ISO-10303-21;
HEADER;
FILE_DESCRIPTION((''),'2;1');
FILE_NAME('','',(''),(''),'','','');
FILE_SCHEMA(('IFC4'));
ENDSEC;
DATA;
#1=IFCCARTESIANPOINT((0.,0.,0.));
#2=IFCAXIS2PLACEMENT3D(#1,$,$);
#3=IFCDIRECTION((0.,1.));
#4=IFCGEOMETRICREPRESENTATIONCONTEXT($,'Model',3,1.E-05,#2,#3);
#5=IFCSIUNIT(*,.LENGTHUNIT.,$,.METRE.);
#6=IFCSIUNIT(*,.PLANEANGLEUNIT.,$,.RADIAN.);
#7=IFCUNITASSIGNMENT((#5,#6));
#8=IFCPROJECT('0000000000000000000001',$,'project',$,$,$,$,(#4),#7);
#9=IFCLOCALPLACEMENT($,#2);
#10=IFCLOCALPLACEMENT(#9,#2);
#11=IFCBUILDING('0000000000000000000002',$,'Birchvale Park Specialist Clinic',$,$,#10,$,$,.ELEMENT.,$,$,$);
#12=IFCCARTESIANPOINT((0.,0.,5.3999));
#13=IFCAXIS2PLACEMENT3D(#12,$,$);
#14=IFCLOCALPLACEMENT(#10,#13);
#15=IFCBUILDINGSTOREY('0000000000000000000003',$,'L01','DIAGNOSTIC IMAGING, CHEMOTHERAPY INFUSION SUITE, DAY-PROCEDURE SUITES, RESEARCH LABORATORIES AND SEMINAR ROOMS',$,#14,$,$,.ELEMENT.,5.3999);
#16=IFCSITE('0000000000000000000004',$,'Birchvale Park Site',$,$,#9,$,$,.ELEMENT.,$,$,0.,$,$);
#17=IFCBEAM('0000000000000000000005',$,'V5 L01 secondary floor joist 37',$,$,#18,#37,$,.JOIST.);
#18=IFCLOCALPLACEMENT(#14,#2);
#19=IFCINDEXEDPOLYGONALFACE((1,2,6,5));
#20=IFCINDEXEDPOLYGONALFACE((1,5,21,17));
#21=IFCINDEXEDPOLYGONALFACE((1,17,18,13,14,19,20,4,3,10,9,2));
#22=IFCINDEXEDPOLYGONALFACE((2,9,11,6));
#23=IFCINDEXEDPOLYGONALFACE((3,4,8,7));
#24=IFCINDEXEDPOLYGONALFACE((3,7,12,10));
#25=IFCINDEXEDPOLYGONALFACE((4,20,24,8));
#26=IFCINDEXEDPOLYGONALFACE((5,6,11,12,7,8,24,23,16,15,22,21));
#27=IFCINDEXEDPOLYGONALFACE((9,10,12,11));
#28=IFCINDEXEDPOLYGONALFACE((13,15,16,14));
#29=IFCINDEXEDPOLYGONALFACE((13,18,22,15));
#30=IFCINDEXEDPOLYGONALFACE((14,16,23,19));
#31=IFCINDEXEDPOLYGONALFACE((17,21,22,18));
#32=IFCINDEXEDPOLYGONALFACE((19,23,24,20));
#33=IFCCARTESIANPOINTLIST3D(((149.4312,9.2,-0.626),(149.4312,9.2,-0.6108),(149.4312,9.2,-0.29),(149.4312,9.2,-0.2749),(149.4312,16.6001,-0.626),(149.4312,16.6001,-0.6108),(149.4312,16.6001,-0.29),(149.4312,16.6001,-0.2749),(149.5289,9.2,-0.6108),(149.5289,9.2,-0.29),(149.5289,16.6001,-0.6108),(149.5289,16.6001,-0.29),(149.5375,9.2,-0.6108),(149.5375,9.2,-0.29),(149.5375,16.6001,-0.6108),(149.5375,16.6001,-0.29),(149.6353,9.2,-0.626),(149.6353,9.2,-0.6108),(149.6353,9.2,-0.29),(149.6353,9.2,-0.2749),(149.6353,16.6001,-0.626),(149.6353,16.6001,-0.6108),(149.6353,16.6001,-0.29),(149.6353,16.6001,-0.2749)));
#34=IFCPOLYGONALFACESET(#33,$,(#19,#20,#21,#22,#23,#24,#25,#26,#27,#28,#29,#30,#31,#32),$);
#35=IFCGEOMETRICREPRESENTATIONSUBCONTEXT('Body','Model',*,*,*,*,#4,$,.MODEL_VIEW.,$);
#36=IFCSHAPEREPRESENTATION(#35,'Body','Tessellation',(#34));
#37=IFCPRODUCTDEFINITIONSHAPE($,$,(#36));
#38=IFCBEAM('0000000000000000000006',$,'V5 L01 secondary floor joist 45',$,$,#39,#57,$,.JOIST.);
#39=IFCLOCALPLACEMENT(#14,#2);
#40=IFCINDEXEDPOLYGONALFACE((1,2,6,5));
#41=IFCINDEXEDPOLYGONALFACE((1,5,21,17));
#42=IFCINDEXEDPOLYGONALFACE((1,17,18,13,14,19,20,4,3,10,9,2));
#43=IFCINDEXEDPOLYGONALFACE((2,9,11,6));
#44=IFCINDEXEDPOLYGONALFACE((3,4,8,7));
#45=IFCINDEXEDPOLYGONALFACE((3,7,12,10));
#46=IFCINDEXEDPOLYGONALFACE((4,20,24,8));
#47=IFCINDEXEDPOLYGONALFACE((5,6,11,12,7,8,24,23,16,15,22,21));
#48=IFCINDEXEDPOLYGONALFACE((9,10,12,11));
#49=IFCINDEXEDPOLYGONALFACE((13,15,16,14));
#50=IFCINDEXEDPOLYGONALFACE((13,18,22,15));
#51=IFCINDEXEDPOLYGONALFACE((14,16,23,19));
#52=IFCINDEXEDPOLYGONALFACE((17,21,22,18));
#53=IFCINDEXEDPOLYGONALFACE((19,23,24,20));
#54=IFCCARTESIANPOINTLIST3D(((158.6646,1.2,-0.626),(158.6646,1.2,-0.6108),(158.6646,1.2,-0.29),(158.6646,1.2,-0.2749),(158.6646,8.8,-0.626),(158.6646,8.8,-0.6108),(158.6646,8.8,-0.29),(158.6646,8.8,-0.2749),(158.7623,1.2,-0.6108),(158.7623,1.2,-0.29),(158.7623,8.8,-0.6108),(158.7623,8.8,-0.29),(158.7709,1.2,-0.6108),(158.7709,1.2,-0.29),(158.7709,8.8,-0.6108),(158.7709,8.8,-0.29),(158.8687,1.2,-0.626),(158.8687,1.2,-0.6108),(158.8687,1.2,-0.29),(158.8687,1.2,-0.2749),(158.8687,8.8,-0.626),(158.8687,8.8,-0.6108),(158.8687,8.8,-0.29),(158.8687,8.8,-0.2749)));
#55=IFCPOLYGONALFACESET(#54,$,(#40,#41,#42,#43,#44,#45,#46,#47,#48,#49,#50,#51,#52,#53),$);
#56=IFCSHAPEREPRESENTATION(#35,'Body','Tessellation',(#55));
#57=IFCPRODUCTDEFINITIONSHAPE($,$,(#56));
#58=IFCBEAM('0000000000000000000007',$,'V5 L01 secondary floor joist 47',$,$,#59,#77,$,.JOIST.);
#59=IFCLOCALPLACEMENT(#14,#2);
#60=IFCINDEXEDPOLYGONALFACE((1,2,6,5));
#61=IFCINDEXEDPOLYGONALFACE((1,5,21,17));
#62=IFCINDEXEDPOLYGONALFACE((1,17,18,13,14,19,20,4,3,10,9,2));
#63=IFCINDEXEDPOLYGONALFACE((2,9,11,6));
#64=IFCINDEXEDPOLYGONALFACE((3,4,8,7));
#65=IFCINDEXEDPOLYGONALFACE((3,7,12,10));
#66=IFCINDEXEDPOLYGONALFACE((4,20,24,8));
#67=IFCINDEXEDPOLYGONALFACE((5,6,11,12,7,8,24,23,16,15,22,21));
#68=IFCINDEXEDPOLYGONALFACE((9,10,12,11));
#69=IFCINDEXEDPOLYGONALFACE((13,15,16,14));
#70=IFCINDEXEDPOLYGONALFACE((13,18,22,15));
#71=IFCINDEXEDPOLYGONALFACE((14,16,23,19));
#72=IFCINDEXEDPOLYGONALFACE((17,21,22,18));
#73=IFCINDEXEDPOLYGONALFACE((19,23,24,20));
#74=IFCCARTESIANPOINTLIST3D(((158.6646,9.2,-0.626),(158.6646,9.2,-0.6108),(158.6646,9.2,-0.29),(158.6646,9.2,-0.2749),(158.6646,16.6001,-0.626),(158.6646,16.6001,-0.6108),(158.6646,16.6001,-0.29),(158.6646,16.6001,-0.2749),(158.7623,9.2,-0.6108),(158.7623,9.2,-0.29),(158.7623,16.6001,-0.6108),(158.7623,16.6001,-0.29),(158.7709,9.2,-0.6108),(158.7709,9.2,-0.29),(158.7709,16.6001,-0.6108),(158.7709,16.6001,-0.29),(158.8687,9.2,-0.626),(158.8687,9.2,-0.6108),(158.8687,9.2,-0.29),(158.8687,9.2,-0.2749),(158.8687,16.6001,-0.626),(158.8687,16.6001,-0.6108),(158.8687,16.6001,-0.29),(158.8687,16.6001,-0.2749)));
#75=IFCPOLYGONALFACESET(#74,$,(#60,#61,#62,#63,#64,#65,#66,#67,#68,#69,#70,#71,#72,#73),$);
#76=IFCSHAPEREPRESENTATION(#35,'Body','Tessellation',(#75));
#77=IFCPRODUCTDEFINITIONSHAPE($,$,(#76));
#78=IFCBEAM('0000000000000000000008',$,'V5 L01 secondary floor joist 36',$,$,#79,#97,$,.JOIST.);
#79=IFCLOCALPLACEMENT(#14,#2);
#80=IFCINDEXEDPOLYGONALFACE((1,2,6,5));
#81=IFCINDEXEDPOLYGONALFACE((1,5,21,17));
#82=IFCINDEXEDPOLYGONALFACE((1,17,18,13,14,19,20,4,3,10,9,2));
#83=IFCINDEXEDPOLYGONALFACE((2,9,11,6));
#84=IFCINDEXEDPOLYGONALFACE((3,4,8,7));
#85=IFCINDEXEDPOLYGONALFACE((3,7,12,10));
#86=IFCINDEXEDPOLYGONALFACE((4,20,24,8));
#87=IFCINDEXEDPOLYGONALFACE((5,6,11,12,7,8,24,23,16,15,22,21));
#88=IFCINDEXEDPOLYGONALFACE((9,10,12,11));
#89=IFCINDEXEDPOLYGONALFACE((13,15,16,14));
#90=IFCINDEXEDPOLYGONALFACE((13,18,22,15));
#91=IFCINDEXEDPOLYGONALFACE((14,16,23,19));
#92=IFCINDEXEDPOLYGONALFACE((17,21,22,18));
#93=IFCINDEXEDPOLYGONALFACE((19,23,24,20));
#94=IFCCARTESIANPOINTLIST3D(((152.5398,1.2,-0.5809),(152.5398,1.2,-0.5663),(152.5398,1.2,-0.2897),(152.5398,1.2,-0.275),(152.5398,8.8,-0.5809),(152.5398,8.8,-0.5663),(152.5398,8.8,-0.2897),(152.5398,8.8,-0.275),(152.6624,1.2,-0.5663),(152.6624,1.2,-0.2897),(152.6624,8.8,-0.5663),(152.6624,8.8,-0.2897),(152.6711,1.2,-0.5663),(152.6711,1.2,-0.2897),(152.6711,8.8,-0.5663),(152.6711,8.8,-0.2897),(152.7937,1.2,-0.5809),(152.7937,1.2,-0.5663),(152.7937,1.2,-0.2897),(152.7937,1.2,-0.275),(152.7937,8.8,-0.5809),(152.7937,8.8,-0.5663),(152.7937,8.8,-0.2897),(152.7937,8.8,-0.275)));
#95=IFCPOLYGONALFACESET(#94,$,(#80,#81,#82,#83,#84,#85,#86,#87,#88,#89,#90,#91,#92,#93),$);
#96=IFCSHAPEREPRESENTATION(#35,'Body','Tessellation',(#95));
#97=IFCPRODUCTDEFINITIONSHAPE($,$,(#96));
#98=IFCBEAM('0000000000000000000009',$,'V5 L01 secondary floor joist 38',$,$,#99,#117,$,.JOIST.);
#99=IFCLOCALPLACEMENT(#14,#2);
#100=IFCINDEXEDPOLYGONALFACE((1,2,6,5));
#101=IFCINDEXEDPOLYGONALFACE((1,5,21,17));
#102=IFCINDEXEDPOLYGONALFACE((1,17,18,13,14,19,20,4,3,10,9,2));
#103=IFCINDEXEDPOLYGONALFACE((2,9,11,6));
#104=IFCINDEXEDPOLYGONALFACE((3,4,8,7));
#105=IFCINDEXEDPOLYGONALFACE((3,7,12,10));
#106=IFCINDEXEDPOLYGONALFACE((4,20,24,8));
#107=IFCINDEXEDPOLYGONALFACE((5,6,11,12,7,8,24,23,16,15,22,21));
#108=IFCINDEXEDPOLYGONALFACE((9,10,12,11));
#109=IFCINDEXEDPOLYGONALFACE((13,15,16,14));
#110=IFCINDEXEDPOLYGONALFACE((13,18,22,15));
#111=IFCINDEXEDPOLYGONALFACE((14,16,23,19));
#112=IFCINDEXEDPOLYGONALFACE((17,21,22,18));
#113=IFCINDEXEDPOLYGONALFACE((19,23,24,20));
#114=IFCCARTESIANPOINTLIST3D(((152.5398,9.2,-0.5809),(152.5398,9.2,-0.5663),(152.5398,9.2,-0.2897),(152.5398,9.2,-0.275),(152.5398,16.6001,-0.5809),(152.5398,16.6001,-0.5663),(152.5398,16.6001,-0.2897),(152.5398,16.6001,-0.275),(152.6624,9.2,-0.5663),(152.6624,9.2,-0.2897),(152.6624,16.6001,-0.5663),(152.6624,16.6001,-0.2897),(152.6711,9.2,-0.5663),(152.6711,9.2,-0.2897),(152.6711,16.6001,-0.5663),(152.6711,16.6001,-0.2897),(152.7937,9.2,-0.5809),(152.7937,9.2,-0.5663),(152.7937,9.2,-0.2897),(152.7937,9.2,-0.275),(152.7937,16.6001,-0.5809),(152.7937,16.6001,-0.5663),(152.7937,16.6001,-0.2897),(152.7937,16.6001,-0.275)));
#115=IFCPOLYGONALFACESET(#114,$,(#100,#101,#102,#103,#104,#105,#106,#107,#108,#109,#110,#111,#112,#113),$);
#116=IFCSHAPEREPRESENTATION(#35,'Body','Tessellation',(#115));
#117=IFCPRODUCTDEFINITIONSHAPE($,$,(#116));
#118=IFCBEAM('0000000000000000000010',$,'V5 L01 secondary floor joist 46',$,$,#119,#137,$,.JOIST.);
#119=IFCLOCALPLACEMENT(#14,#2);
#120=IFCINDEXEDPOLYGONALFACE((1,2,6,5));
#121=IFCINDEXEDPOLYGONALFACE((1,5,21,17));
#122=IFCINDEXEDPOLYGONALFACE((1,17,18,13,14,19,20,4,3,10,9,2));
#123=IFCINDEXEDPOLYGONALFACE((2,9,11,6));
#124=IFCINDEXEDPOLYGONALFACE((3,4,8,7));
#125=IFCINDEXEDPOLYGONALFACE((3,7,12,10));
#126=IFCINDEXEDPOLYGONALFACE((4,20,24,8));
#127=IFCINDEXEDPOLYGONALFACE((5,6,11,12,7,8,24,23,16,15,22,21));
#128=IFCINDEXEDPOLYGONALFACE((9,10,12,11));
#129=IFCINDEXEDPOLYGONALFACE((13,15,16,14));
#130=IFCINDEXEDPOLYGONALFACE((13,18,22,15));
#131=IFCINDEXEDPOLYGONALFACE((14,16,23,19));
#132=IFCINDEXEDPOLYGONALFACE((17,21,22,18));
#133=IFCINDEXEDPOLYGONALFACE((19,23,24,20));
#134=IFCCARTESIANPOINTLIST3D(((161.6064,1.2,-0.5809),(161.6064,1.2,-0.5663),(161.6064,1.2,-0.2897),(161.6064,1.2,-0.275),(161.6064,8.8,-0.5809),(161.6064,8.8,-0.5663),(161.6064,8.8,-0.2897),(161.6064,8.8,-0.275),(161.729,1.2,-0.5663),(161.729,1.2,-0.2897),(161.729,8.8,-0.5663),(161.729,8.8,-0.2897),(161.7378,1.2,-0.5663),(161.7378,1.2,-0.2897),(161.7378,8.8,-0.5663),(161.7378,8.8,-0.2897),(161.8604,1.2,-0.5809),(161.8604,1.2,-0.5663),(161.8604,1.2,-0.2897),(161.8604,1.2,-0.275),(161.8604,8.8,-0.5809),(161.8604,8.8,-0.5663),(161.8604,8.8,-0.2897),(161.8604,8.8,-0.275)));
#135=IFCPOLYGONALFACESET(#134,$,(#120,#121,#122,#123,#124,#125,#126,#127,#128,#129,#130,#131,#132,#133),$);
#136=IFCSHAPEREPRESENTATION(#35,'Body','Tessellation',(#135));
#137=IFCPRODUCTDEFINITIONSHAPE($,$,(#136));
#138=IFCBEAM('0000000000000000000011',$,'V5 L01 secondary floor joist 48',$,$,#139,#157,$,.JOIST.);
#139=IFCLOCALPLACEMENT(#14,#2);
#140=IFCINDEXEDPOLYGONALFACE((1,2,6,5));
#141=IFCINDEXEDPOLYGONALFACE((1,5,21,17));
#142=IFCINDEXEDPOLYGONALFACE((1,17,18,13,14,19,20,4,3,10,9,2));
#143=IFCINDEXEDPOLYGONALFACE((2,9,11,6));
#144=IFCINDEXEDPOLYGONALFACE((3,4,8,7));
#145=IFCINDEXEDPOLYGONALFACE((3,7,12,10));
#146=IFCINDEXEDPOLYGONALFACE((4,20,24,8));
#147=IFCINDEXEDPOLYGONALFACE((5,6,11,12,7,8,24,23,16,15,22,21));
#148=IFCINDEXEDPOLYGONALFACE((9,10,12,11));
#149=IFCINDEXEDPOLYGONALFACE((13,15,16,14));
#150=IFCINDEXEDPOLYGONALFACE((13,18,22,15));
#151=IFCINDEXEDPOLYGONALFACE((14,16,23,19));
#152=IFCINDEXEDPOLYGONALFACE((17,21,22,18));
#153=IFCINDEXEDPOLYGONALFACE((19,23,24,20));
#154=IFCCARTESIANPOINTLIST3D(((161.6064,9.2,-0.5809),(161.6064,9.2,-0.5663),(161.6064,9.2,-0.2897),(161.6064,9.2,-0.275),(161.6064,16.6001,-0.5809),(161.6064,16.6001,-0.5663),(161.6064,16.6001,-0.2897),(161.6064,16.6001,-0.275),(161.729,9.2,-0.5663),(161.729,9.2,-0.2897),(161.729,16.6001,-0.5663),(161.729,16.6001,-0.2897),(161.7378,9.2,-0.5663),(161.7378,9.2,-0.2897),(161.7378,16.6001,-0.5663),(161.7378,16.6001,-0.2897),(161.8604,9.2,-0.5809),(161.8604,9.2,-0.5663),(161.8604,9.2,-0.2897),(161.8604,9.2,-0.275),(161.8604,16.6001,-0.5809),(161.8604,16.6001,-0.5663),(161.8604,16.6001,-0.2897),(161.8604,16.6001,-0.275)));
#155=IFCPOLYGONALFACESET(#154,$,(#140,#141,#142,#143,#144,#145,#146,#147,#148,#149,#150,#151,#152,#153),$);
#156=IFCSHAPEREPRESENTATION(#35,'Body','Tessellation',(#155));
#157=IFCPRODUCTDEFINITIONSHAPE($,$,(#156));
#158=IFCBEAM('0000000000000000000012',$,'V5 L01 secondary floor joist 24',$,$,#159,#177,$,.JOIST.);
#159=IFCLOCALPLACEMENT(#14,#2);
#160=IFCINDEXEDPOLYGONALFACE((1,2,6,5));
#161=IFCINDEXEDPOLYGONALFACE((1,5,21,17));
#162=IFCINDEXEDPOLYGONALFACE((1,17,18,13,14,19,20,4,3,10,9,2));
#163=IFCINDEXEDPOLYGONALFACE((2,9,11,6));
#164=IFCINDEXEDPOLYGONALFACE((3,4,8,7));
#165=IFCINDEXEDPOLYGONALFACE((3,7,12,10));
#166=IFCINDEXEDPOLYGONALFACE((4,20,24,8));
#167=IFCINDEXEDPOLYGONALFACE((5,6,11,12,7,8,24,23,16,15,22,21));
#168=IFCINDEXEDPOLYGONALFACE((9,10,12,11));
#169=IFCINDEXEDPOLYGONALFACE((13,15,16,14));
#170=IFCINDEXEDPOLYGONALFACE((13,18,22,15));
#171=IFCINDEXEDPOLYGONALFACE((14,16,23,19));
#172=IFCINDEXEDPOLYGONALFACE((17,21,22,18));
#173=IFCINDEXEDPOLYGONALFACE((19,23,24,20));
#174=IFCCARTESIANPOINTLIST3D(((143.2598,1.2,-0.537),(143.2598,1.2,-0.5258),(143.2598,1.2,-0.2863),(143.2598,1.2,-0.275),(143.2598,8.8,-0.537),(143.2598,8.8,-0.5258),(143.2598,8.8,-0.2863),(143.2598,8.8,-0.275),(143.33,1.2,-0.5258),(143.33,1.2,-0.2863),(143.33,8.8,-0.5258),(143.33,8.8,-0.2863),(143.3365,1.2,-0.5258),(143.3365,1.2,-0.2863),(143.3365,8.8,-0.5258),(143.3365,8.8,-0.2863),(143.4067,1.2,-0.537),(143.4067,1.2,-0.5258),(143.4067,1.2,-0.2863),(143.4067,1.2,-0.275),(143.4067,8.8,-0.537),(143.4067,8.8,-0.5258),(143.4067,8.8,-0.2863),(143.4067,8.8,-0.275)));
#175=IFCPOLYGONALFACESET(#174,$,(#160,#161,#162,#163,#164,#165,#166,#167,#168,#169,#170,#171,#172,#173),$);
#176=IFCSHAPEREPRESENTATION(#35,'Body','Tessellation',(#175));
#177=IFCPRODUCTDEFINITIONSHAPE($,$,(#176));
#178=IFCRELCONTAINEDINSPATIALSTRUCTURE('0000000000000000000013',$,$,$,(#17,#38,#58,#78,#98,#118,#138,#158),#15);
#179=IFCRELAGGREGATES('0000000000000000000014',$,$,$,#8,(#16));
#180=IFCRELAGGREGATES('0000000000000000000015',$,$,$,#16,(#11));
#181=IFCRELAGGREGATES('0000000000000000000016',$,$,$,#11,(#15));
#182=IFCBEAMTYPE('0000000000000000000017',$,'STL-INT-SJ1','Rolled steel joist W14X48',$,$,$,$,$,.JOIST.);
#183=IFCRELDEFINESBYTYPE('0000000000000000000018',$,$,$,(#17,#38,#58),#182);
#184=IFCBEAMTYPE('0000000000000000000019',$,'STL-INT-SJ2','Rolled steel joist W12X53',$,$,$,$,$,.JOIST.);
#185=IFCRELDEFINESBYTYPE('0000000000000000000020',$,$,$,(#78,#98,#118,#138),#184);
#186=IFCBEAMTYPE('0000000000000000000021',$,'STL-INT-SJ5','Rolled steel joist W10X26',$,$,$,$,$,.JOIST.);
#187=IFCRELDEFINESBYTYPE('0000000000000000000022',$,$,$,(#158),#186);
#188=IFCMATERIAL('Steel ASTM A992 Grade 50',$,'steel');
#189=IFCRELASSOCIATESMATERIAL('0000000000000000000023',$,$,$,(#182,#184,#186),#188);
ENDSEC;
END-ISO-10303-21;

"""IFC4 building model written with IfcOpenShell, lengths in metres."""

from ifc_helpers import new_model, si_unit, direction, frame, origin, origin_2d, place, context, subcontext, project, spatial, i_section, extrude, material, material_profile, profile_set, type_object, element, save


model = new_model("IFC4")

# Units and contexts
model_context = context("Model", 3, precision=1e-05, world=origin(), true_north=direction((0.0, 1.0)))
body_context = subcontext(model_context, "Body", "Model", "MODEL_VIEW")
ifc_project = project(units=[si_unit("LENGTHUNIT", "METRE"), si_unit("PLANEANGLEUNIT", "RADIAN")], contexts=[model_context])

# Site, building, storey
site_placement = place(None, origin())
site = spatial("IfcSite", under=ifc_project, at=site_placement, Name="Birchvale Park Site", CompositionType="ELEMENT", RefElevation=0.0)
building_placement = place(site_placement, origin())
building = spatial("IfcBuilding", under=site, at=building_placement, Name="Birchvale Park Specialist Clinic", CompositionType="ELEMENT")
storey_placement = place(building_placement, frame((0.0, 0.0, 5.3999)))
storey = spatial("IfcBuildingStorey", under=building, at=storey_placement, Name="L01", Description="DIAGNOSTIC IMAGING, CHEMOTHERAPY INFUSION SUITE, DAY-PROCEDURE SUITES, RESEARCH LABORATORIES AND SEMINAR ROOMS", CompositionType="ELEMENT", Elevation=5.3999)

# Beams
ifc_material_1 = material(Name="Steel ASTM A992 Grade 50", Category="steel")
ifc_material_profile_1 = material_profile(ifc_material_1, i_section(OverallWidth=0.2041, OverallDepth=0.3511, WebThickness=0.0085, FlangeThickness=0.0151, at=origin_2d()), Name="W14X48")
ifc_profile_set_1 = profile_set([ifc_material_profile_1], Name="Steel ASTM A992 Grade 50")
beam_type_1 = type_object("IfcBeamType", Name="STL-INT-SJ1", Description="Rolled steel joist W14X48", PredefinedType="JOIST", material=ifc_profile_set_1)
beam_1_placement = place(storey_placement, frame((149.5332, 9.2, -0.4504), z_axis=(0.0, 1.0, 0.0), x_axis=(-1.0, 0.0, 0.0)))
element("IfcBeam", 1, at=beam_1_placement, inside=storey, type_object=beam_type_1, Name="V5 L01 secondary floor joist 37", PredefinedType="JOIST", context=body_context, shape_type="SweptSolid", body=[
    extrude(i_section(OverallWidth=0.2041, OverallDepth=0.3511, WebThickness=0.0085, FlangeThickness=0.0151, at=origin_2d()), origin(), (0.0, 0.0, 1.0), 7.4001),
])
beam_2_placement = place(storey_placement, frame((158.7666, 1.2, -0.4504), z_axis=(0.0, 1.0, 0.0), x_axis=(-1.0, 0.0, 0.0)))
element("IfcBeam", 2, at=beam_2_placement, inside=storey, type_object=beam_type_1, Name="V5 L01 secondary floor joist 45", PredefinedType="JOIST", context=body_context, shape_type="SweptSolid", body=[
    extrude(i_section(OverallWidth=0.2041, OverallDepth=0.3511, WebThickness=0.0085, FlangeThickness=0.0151, at=origin_2d()), origin(), (0.0, 0.0, 1.0), 7.6001),
])
beam_3_placement = place(storey_placement, frame((158.7666, 9.2, -0.4504), z_axis=(0.0, 1.0, 0.0), x_axis=(-1.0, 0.0, 0.0)))
element("IfcBeam", 3, at=beam_3_placement, inside=storey, type_object=beam_type_1, Name="V5 L01 secondary floor joist 47", PredefinedType="JOIST", context=body_context, shape_type="SweptSolid", body=[
    extrude(i_section(OverallWidth=0.2041, OverallDepth=0.3511, WebThickness=0.0085, FlangeThickness=0.0151, at=origin_2d()), origin(), (0.0, 0.0, 1.0), 7.4001),
])
ifc_material_profile_2 = material_profile(ifc_material_1, i_section(OverallWidth=0.2539, OverallDepth=0.3059, WebThickness=0.0088, FlangeThickness=0.0146, at=origin_2d()), Name="W12X53")
ifc_profile_set_2 = profile_set([ifc_material_profile_2], Name="Steel ASTM A992 Grade 50")
beam_type_2 = type_object("IfcBeamType", Name="STL-INT-SJ2", Description="Rolled steel joist W12X53", PredefinedType="JOIST", material=ifc_profile_set_2)
beam_4_placement = place(storey_placement, frame((152.6667, 1.2, -0.428), z_axis=(0.0, 1.0, 0.0), x_axis=(-1.0, 0.0, 0.0)))
element("IfcBeam", 4, at=beam_4_placement, inside=storey, type_object=beam_type_2, Name="V5 L01 secondary floor joist 36", PredefinedType="JOIST", context=body_context, shape_type="SweptSolid", body=[
    extrude(i_section(OverallWidth=0.2539, OverallDepth=0.3059, WebThickness=0.0088, FlangeThickness=0.0146, at=origin_2d()), origin(), (0.0, 0.0, 1.0), 7.6001),
])
beam_5_placement = place(storey_placement, frame((152.6667, 9.2, -0.428), z_axis=(0.0, 1.0, 0.0), x_axis=(-1.0, 0.0, 0.0)))
element("IfcBeam", 5, at=beam_5_placement, inside=storey, type_object=beam_type_2, Name="V5 L01 secondary floor joist 38", PredefinedType="JOIST", context=body_context, shape_type="SweptSolid", body=[
    extrude(i_section(OverallWidth=0.2539, OverallDepth=0.3059, WebThickness=0.0088, FlangeThickness=0.0146, at=origin_2d()), origin(), (0.0, 0.0, 1.0), 7.4001),
])
beam_6_placement = place(storey_placement, frame((161.7334, 1.2, -0.428), z_axis=(0.0, 1.0, 0.0), x_axis=(-1.0, 0.0, 0.0)))
element("IfcBeam", 6, at=beam_6_placement, inside=storey, type_object=beam_type_2, Name="V5 L01 secondary floor joist 46", PredefinedType="JOIST", context=body_context, shape_type="SweptSolid", body=[
    extrude(i_section(OverallWidth=0.2539, OverallDepth=0.3059, WebThickness=0.0088, FlangeThickness=0.0146, at=origin_2d()), origin(), (0.0, 0.0, 1.0), 7.6001),
])
beam_7_placement = place(storey_placement, frame((161.7334, 9.2, -0.428), z_axis=(0.0, 1.0, 0.0), x_axis=(-1.0, 0.0, 0.0)))
element("IfcBeam", 7, at=beam_7_placement, inside=storey, type_object=beam_type_2, Name="V5 L01 secondary floor joist 48", PredefinedType="JOIST", context=body_context, shape_type="SweptSolid", body=[
    extrude(i_section(OverallWidth=0.2539, OverallDepth=0.3059, WebThickness=0.0088, FlangeThickness=0.0146, at=origin_2d()), origin(), (0.0, 0.0, 1.0), 7.4001),
])
ifc_material_profile_3 = material_profile(ifc_material_1, i_section(OverallWidth=0.147, OverallDepth=0.262, WebThickness=0.0066, FlangeThickness=0.0112, at=origin_2d()), Name="W10X26")
ifc_profile_set_3 = profile_set([ifc_material_profile_3], Name="Steel ASTM A992 Grade 50")
beam_type_3 = type_object("IfcBeamType", Name="STL-INT-SJ5", Description="Rolled steel joist W10X26", PredefinedType="JOIST", material=ifc_profile_set_3)
beam_8_placement = place(storey_placement, frame((143.3333, 1.2, -0.406), z_axis=(0.0, 1.0, 0.0), x_axis=(-1.0, 0.0, 0.0)))
element("IfcBeam", 8, at=beam_8_placement, inside=storey, type_object=beam_type_3, Name="V5 L01 secondary floor joist 24", PredefinedType="JOIST", context=body_context, shape_type="SweptSolid", body=[
    extrude(i_section(OverallWidth=0.147, OverallDepth=0.262, WebThickness=0.0066, FlangeThickness=0.0112, at=origin_2d()), origin(), (0.0, 0.0, 1.0), 7.6001),
])

save(model, "model.ifc")
